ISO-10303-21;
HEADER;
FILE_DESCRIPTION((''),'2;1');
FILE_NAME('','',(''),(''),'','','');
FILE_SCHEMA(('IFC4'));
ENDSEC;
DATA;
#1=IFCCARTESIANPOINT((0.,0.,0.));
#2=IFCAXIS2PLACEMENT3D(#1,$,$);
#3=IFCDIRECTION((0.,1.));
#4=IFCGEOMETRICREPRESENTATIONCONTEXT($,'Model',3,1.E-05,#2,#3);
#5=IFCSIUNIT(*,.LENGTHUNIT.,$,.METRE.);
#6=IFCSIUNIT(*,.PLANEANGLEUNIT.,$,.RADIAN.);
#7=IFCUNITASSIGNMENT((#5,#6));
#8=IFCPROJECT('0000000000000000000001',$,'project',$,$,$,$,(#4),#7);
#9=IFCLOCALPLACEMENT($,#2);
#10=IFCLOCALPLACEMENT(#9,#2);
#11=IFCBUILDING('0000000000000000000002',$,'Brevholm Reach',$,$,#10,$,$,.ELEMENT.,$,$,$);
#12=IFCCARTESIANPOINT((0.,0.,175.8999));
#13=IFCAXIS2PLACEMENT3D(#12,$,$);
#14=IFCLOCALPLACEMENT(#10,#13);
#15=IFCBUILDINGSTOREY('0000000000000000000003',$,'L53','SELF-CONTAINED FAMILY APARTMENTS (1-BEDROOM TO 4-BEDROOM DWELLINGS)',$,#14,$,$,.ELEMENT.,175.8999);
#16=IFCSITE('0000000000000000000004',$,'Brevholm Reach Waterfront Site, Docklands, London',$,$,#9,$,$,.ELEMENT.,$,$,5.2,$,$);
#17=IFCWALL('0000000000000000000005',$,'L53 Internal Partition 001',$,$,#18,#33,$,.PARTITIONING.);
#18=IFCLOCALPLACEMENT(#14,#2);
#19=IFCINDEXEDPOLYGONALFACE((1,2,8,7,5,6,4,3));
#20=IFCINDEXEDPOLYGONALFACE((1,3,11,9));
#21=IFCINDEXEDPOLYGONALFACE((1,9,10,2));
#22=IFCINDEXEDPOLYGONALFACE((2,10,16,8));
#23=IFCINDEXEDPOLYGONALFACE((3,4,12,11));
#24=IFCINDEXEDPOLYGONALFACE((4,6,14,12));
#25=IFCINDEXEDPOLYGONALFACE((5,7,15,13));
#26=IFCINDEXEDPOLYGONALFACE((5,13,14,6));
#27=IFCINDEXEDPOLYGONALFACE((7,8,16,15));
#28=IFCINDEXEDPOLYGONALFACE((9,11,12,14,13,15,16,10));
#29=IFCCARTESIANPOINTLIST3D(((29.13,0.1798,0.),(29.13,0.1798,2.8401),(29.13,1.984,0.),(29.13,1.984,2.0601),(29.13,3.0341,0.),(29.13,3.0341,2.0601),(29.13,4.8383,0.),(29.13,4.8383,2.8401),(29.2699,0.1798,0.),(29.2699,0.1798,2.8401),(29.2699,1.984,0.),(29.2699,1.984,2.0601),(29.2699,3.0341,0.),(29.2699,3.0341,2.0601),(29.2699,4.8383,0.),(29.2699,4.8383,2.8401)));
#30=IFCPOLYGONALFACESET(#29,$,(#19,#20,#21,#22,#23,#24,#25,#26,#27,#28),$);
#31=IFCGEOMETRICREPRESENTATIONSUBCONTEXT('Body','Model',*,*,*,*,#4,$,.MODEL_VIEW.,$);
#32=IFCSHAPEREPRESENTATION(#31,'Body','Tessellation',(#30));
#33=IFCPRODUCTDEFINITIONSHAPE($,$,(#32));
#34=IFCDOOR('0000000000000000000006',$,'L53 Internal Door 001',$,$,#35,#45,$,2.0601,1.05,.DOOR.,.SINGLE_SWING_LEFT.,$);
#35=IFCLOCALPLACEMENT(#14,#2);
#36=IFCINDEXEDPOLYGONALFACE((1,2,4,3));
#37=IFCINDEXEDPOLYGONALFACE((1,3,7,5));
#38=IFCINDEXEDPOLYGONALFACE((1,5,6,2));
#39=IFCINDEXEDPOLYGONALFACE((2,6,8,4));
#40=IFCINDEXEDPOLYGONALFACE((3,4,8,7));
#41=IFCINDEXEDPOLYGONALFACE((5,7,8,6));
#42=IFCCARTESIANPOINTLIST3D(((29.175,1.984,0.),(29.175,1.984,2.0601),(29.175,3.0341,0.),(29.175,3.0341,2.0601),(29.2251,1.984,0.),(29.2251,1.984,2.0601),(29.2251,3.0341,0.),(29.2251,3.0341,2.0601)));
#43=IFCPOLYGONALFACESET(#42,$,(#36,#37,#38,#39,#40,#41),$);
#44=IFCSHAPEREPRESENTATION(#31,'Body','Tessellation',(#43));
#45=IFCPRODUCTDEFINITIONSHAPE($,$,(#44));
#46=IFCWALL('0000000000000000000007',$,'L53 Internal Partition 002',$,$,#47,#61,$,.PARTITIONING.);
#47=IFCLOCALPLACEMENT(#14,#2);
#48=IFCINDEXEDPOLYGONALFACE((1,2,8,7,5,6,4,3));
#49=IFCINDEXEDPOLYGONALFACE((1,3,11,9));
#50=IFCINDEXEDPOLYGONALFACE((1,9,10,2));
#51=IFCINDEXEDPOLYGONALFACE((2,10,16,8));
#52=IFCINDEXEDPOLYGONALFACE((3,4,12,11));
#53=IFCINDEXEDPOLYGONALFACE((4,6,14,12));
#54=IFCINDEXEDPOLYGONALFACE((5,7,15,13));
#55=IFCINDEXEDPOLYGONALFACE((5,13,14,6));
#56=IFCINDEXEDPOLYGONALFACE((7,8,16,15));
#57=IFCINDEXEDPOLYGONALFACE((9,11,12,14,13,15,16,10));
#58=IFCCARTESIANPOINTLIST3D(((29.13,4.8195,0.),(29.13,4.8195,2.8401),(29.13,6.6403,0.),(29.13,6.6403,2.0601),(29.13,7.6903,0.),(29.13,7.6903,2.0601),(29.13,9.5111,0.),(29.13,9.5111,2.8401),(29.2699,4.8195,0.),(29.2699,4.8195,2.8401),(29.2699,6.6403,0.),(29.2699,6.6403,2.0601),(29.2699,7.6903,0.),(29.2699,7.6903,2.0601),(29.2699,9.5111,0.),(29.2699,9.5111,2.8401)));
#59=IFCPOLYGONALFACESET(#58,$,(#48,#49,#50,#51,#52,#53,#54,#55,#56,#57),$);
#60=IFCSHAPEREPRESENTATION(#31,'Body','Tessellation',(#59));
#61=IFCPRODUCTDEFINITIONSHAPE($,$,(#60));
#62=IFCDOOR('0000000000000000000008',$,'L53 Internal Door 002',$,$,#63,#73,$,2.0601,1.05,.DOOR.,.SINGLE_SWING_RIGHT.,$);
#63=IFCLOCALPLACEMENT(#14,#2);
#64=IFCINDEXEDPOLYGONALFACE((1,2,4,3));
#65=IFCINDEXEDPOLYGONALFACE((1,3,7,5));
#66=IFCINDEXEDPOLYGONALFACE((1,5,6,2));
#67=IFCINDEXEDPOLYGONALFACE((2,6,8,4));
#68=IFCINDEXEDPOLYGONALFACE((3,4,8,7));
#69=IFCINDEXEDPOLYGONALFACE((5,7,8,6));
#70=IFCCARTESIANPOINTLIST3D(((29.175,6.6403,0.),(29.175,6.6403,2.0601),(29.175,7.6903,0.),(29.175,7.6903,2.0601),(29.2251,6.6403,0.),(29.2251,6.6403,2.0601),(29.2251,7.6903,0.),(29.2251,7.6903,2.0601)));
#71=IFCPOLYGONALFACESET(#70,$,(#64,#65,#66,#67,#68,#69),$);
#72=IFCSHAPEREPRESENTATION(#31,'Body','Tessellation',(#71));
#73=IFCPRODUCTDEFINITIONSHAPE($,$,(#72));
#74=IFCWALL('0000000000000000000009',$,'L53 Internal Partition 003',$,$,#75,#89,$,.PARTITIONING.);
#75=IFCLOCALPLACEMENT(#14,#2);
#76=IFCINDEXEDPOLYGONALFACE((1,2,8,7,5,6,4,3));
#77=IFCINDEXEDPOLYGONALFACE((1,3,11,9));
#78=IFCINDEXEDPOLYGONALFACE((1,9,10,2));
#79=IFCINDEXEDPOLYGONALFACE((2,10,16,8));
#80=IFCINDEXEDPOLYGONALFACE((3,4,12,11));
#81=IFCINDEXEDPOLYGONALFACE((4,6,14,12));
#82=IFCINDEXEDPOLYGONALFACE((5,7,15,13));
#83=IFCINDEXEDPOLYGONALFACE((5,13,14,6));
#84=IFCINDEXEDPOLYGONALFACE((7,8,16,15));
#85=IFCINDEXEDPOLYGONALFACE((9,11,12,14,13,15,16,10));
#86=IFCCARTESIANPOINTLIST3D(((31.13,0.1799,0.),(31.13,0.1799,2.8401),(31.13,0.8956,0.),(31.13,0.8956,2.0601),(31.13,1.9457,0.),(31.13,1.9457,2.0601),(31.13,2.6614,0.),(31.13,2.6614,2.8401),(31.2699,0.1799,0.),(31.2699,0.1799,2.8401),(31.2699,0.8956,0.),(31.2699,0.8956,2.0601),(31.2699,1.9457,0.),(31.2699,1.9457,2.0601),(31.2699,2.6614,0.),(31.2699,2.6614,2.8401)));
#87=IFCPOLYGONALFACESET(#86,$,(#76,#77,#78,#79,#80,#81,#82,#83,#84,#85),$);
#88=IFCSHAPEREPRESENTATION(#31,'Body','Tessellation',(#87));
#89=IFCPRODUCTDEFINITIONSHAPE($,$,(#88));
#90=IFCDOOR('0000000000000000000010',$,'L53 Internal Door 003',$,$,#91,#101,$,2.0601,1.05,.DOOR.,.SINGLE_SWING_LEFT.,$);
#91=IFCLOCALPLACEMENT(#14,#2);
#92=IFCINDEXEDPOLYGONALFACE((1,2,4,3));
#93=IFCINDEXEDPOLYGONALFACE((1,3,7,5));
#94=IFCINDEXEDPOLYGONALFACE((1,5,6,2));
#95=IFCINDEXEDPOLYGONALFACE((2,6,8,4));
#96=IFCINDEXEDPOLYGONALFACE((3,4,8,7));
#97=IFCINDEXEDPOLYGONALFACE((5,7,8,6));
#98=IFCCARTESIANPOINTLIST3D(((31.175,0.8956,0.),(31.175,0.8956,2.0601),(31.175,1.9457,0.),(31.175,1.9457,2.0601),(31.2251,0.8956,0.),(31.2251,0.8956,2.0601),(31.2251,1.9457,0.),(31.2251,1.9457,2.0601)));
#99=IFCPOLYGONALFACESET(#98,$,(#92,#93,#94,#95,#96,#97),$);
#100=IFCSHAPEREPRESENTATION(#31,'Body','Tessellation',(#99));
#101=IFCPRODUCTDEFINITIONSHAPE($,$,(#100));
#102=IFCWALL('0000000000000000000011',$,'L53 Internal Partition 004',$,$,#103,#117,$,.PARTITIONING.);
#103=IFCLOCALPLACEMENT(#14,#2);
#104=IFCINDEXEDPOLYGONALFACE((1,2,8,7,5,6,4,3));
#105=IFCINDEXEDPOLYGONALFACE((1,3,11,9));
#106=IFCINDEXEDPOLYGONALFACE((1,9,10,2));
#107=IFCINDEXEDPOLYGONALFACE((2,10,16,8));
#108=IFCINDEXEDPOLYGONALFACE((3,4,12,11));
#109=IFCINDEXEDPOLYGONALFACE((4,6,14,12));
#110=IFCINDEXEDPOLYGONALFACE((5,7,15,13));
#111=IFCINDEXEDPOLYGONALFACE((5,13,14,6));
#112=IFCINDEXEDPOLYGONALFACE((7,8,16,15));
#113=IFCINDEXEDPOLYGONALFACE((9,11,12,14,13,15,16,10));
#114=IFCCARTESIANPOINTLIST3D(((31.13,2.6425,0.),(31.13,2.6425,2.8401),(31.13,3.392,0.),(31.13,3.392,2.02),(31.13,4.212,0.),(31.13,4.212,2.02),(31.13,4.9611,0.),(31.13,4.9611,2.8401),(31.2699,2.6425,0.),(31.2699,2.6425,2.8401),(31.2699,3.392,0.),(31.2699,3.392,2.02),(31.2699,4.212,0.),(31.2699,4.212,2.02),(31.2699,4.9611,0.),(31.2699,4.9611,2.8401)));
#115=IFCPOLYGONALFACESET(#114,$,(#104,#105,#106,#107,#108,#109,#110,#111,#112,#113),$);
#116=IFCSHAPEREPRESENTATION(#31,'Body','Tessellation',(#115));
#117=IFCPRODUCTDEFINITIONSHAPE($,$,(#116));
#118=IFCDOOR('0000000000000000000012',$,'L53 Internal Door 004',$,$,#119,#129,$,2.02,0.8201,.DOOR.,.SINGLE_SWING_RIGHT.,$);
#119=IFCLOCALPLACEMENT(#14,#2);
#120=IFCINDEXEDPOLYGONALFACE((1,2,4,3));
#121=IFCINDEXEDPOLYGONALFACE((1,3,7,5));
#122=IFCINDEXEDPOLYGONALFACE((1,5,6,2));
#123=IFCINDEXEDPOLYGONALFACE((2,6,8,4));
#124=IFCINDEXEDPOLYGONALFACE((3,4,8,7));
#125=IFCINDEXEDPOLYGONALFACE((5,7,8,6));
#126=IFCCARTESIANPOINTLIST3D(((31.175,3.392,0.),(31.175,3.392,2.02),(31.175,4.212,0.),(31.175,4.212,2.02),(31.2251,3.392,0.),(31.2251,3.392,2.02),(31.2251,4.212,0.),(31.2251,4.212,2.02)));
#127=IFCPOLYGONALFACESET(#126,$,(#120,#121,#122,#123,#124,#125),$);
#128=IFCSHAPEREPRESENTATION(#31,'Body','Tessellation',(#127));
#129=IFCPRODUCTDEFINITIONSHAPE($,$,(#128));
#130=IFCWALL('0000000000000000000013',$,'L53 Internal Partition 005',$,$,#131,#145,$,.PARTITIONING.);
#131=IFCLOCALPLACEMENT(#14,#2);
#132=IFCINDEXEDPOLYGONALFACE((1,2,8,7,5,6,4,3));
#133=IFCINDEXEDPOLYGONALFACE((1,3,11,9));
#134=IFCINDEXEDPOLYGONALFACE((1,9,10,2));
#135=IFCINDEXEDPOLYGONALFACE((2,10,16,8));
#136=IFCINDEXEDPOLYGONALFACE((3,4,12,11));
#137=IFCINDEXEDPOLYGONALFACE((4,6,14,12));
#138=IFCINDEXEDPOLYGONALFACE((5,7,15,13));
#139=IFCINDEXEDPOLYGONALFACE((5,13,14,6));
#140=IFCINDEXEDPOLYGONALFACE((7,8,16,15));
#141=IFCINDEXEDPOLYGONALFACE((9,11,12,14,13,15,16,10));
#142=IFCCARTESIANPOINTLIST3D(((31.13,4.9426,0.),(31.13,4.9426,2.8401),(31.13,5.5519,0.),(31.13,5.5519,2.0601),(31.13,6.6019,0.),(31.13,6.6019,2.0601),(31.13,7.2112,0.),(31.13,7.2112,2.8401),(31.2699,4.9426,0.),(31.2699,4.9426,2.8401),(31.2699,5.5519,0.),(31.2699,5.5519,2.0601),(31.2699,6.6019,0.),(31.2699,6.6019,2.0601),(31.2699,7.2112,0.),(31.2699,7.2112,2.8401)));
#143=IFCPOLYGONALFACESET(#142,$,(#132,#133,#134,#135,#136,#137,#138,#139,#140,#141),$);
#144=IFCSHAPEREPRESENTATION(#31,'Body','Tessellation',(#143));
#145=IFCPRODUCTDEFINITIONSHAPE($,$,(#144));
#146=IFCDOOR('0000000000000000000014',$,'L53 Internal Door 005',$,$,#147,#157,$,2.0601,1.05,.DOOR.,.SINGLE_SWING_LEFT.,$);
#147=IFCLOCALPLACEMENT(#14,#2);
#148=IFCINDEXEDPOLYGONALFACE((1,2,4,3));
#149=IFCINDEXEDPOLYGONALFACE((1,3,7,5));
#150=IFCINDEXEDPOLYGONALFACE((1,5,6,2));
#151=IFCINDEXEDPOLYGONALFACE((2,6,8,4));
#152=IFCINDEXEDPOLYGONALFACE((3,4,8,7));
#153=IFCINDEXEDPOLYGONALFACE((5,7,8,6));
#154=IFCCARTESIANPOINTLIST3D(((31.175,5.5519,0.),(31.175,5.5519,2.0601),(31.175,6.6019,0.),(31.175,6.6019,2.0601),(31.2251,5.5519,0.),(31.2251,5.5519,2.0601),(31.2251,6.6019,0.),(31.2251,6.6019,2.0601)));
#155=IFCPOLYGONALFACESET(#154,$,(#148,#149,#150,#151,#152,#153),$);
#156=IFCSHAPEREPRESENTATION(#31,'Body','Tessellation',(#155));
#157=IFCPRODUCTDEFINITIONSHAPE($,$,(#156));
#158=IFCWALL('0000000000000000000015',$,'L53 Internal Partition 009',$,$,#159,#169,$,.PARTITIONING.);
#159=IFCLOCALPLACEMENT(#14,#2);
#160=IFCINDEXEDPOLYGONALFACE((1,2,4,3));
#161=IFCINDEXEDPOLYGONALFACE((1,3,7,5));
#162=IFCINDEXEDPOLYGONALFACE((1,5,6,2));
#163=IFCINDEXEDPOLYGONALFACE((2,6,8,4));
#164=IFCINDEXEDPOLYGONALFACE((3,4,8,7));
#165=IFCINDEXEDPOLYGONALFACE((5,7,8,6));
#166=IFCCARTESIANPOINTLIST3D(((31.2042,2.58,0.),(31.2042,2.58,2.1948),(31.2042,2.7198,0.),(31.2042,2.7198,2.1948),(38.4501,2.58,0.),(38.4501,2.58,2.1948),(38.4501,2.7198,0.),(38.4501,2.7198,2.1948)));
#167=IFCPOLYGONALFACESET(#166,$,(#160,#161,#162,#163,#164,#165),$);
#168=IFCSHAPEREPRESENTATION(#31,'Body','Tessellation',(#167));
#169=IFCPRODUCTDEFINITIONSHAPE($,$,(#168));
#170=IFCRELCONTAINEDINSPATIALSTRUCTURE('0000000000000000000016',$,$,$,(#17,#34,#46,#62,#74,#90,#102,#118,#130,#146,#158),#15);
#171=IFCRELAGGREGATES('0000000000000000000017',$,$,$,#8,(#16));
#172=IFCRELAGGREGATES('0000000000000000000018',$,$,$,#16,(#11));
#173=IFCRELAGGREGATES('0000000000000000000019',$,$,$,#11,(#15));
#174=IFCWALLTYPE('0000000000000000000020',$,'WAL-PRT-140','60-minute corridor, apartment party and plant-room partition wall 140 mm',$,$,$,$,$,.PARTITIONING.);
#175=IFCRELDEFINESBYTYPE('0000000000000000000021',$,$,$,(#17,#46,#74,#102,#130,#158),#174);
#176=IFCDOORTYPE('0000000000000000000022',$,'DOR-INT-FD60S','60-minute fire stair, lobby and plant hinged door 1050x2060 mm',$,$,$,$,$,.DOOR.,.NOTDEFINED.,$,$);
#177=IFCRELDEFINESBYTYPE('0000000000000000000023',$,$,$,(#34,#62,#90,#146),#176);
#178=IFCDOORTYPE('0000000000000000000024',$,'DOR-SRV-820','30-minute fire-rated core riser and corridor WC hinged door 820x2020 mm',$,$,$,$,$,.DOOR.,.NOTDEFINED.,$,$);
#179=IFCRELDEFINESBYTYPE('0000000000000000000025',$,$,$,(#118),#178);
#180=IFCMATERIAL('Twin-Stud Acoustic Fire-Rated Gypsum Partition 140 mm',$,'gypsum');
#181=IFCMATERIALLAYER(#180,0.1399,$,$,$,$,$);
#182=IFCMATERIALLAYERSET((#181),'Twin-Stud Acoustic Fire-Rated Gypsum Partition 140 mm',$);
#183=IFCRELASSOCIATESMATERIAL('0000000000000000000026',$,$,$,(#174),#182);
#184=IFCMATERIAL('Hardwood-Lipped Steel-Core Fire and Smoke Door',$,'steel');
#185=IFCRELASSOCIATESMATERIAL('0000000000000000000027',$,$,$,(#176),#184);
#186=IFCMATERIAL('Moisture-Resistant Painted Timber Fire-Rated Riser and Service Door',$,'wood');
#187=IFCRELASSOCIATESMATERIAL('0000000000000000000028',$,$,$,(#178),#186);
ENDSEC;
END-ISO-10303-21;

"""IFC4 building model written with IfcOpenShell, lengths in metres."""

from ifc_helpers import new_model, si_unit, direction, frame, frame_2d, origin, place, context, subcontext, project, spatial, rectangle, extrude, material, layer, layer_set, type_object, element, fill, save


model = new_model("IFC4")

# Units and contexts
model_context = context("Model", 3, precision=1e-05, world=origin(), true_north=direction((0.0, 1.0)))
body_context = subcontext(model_context, "Body", "Model", "MODEL_VIEW")
ifc_project = project(units=[si_unit("LENGTHUNIT", "METRE"), si_unit("PLANEANGLEUNIT", "RADIAN")], contexts=[model_context])

# Site, building, storey
site_placement = place(None, origin())
site = spatial("IfcSite", under=ifc_project, at=site_placement, Name="Brevholm Reach Waterfront Site, Docklands, London", CompositionType="ELEMENT", RefElevation=5.2)
building_placement = place(site_placement, origin())
building = spatial("IfcBuilding", under=site, at=building_placement, Name="Brevholm Reach", CompositionType="ELEMENT")
storey_placement = place(building_placement, frame((0.0, 0.0, 175.8999)))
storey = spatial("IfcBuildingStorey", under=building, at=storey_placement, Name="L53", Description="SELF-CONTAINED FAMILY APARTMENTS (1-BEDROOM TO 4-BEDROOM DWELLINGS)", CompositionType="ELEMENT", Elevation=175.8999)

# Walls, openings, doors
ifc_material_1 = material(Name="Twin-Stud Acoustic Fire-Rated Gypsum Partition 140 mm", Category="gypsum")
ifc_layer_1 = layer(ifc_material_1, 0.1399)
ifc_layer_set_1 = layer_set([ifc_layer_1], Name="Twin-Stud Acoustic Fire-Rated Gypsum Partition 140 mm")
wall_type = type_object("IfcWallType", Name="WAL-PRT-140", Description="60-minute corridor, apartment party and plant-room partition wall 140 mm", PredefinedType="PARTITIONING", material=ifc_layer_set_1)
wall_1_placement = place(storey_placement, frame((29.2, 0.1799, 0.0), z_axis=(0.0, 0.0, 1.0), x_axis=(0.0, 1.0, 0.0)))
wall_1 = element("IfcWall", 1, at=wall_1_placement, inside=storey, type_object=wall_type, Name="L53 Internal Partition 001", PredefinedType="PARTITIONING", context=body_context, shape_type="SweptSolid", body=[
    extrude(rectangle(XDim=4.6584, YDim=0.1399, at=frame_2d((2.3291, 0.0))), origin(), (0.0, 0.0, 1.0), 2.8401),
])
opening_1_placement = place(wall_1_placement, frame((1.8042, 0.0, 0.0)))
opening_1 = element("IfcOpeningElement", 2, at=opening_1_placement, cuts=wall_1, PredefinedType="OPENING", context=body_context, shape_type="SweptSolid", body=[
    extrude(rectangle(XDim=1.05, YDim=2.0601, at=frame_2d((0.5249, 1.03))), frame((0.0, 0.0798, 0.0), z_axis=(0.0, -1.0, 0.0), x_axis=(1.0, 0.0, 0.0)), (0.0, 0.0, 1.0), 0.1599),
])
ifc_material_2 = material(Name="Hardwood-Lipped Steel-Core Fire and Smoke Door", Category="steel")
door_type_1 = type_object("IfcDoorType", Name="DOR-INT-FD60S", Description="60-minute fire stair, lobby and plant hinged door 1050x2060 mm", OperationType="NOTDEFINED", PredefinedType="DOOR", material=ifc_material_2)
door_1_placement = place(opening_1_placement, origin())
door_1 = element("IfcDoor", 3, at=door_1_placement, inside=storey, type_object=door_type_1, Name="L53 Internal Door 001", OperationType="SINGLE_SWING_LEFT", OverallHeight=2.0601, OverallWidth=1.05, PredefinedType="DOOR", context=body_context, shape_type="SweptSolid", body=[
    extrude(rectangle(XDim=1.05, YDim=2.0601, at=frame_2d((0.5249, 1.03))), frame((0.0, 0.0249, 0.0), z_axis=(0.0, -1.0, 0.0), x_axis=(1.0, 0.0, 0.0)), (0.0, 0.0, 1.0), 0.05),
])
fill(opening_1, door_1)
wall_2_placement = place(storey_placement, frame((29.2, 4.8196, 0.0), z_axis=(0.0, 0.0, 1.0), x_axis=(0.0, 1.0, 0.0)))
wall_2 = element("IfcWall", 4, at=wall_2_placement, inside=storey, type_object=wall_type, Name="L53 Internal Partition 002", PredefinedType="PARTITIONING", context=body_context, shape_type="SweptSolid", body=[
    extrude(rectangle(XDim=4.6917, YDim=0.1399, at=frame_2d((2.3457, 0.0))), origin(), (0.0, 0.0, 1.0), 2.8401),
])
opening_2_placement = place(wall_2_placement, frame((1.8208, 0.0, 0.0)))
opening_2 = element("IfcOpeningElement", 5, at=opening_2_placement, cuts=wall_2, PredefinedType="OPENING", context=body_context, shape_type="SweptSolid", body=[
    extrude(rectangle(XDim=1.05, YDim=2.0601, at=frame_2d((0.5249, 1.03))), frame((0.0, 0.0798, 0.0), z_axis=(0.0, -1.0, 0.0), x_axis=(1.0, 0.0, 0.0)), (0.0, 0.0, 1.0), 0.1599),
])
door_2_placement = place(opening_2_placement, origin())
door_2 = element("IfcDoor", 6, at=door_2_placement, inside=storey, type_object=door_type_1, Name="L53 Internal Door 002", OperationType="SINGLE_SWING_RIGHT", OverallHeight=2.0601, OverallWidth=1.05, PredefinedType="DOOR", context=body_context, shape_type="SweptSolid", body=[
    extrude(rectangle(XDim=1.05, YDim=2.0601, at=frame_2d((0.5249, 1.03))), frame((0.0, 0.0249, 0.0), z_axis=(0.0, -1.0, 0.0), x_axis=(1.0, 0.0, 0.0)), (0.0, 0.0, 1.0), 0.05),
])
fill(opening_2, door_2)
wall_3_placement = place(storey_placement, frame((31.2, 0.1799, 0.0), z_axis=(0.0, 0.0, 1.0), x_axis=(0.0, 1.0, 0.0)))
wall_3 = element("IfcWall", 7, at=wall_3_placement, inside=storey, type_object=wall_type, Name="L53 Internal Partition 003", PredefinedType="PARTITIONING", context=body_context, shape_type="SweptSolid", body=[
    extrude(rectangle(XDim=2.4814, YDim=0.1399, at=frame_2d((1.2407, 0.0))), origin(), (0.0, 0.0, 1.0), 2.8401),
])
opening_3_placement = place(wall_3_placement, frame((0.7158, 0.0, 0.0)))
opening_3 = element("IfcOpeningElement", 8, at=opening_3_placement, cuts=wall_3, PredefinedType="OPENING", context=body_context, shape_type="SweptSolid", body=[
    extrude(rectangle(XDim=1.05, YDim=2.0601, at=frame_2d((0.5249, 1.03))), frame((0.0, 0.0798, 0.0), z_axis=(0.0, -1.0, 0.0), x_axis=(1.0, 0.0, 0.0)), (0.0, 0.0, 1.0), 0.1599),
])
door_3_placement = place(opening_3_placement, origin())
door_3 = element("IfcDoor", 9, at=door_3_placement, inside=storey, type_object=door_type_1, Name="L53 Internal Door 003", OperationType="SINGLE_SWING_LEFT", OverallHeight=2.0601, OverallWidth=1.05, PredefinedType="DOOR", context=body_context, shape_type="SweptSolid", body=[
    extrude(rectangle(XDim=1.05, YDim=2.0601, at=frame_2d((0.5249, 1.03))), frame((0.0, 0.0249, 0.0), z_axis=(0.0, -1.0, 0.0), x_axis=(1.0, 0.0, 0.0)), (0.0, 0.0, 1.0), 0.05),
])
fill(opening_3, door_3)
wall_4_placement = place(storey_placement, frame((31.2, 2.6426, 0.0), z_axis=(0.0, 0.0, 1.0), x_axis=(0.0, 1.0, 0.0)))
wall_4 = element("IfcWall", 10, at=wall_4_placement, inside=storey, type_object=wall_type, Name="L53 Internal Partition 004", PredefinedType="PARTITIONING", context=body_context, shape_type="SweptSolid", body=[
    extrude(rectangle(XDim=2.3186, YDim=0.1399, at=frame_2d((1.1592, 0.0))), origin(), (0.0, 0.0, 1.0), 2.8401),
])
opening_4_placement = place(wall_4_placement, frame((0.7493, 0.0, 0.0)))
opening_4 = element("IfcOpeningElement", 11, at=opening_4_placement, cuts=wall_4, PredefinedType="OPENING", context=body_context, shape_type="SweptSolid", body=[
    extrude(rectangle(XDim=0.8201, YDim=2.02, at=frame_2d((0.4102, 1.01))), frame((0.0, 0.0798, 0.0), z_axis=(0.0, -1.0, 0.0), x_axis=(1.0, 0.0, 0.0)), (0.0, 0.0, 1.0), 0.1599),
])
ifc_material_3 = material(Name="Moisture-Resistant Painted Timber Fire-Rated Riser and Service Door", Category="wood")
door_type_2 = type_object("IfcDoorType", Name="DOR-SRV-820", Description="30-minute fire-rated core riser and corridor WC hinged door 820x2020 mm", OperationType="NOTDEFINED", PredefinedType="DOOR", material=ifc_material_3)
door_4_placement = place(opening_4_placement, origin())
door_4 = element("IfcDoor", 12, at=door_4_placement, inside=storey, type_object=door_type_2, Name="L53 Internal Door 004", OperationType="SINGLE_SWING_RIGHT", OverallHeight=2.02, OverallWidth=0.8201, PredefinedType="DOOR", context=body_context, shape_type="SweptSolid", body=[
    extrude(rectangle(XDim=0.8201, YDim=2.02, at=frame_2d((0.4102, 1.01))), frame((0.0, 0.0249, 0.0), z_axis=(0.0, -1.0, 0.0), x_axis=(1.0, 0.0, 0.0)), (0.0, 0.0, 1.0), 0.05),
])
fill(opening_4, door_4)
wall_5_placement = place(storey_placement, frame((31.2, 4.9426, 0.0), z_axis=(0.0, 0.0, 1.0), x_axis=(0.0, 1.0, 0.0)))
wall_5 = element("IfcWall", 13, at=wall_5_placement, inside=storey, type_object=wall_type, Name="L53 Internal Partition 005", PredefinedType="PARTITIONING", context=body_context, shape_type="SweptSolid", body=[
    extrude(rectangle(XDim=2.2686, YDim=0.1399, at=frame_2d((1.1343, 0.0))), origin(), (0.0, 0.0, 1.0), 2.8401),
])
opening_5_placement = place(wall_5_placement, frame((0.6094, 0.0, 0.0)))
opening_5 = element("IfcOpeningElement", 14, at=opening_5_placement, cuts=wall_5, PredefinedType="OPENING", context=body_context, shape_type="SweptSolid", body=[
    extrude(rectangle(XDim=1.05, YDim=2.0601, at=frame_2d((0.5249, 1.03))), frame((0.0, 0.0798, 0.0), z_axis=(0.0, -1.0, 0.0), x_axis=(1.0, 0.0, 0.0)), (0.0, 0.0, 1.0), 0.1599),
])
door_5_placement = place(opening_5_placement, origin())
door_5 = element("IfcDoor", 15, at=door_5_placement, inside=storey, type_object=door_type_1, Name="L53 Internal Door 005", OperationType="SINGLE_SWING_LEFT", OverallHeight=2.0601, OverallWidth=1.05, PredefinedType="DOOR", context=body_context, shape_type="SweptSolid", body=[
    extrude(rectangle(XDim=1.05, YDim=2.0601, at=frame_2d((0.5249, 1.03))), frame((0.0, 0.0249, 0.0), z_axis=(0.0, -1.0, 0.0), x_axis=(1.0, 0.0, 0.0)), (0.0, 0.0, 1.0), 0.05),
])
fill(opening_5, door_5)

# Wall
wall_6_placement = place(storey_placement, frame((31.2041, 2.6499, 0.0), z_axis=(0.0, 0.0, 1.0), x_axis=(1.0, 0.0, 0.0)))
element("IfcWall", 16, at=wall_6_placement, inside=storey, type_object=wall_type, Name="L53 Internal Partition 009", PredefinedType="PARTITIONING", context=body_context, shape_type="SweptSolid", body=[
    extrude(rectangle(XDim=7.2458, YDim=0.1399, at=frame_2d((3.623, 0.0))), origin(), (0.0, 0.0, 1.0), 2.1948),
])

save(model, "model.ifc")
